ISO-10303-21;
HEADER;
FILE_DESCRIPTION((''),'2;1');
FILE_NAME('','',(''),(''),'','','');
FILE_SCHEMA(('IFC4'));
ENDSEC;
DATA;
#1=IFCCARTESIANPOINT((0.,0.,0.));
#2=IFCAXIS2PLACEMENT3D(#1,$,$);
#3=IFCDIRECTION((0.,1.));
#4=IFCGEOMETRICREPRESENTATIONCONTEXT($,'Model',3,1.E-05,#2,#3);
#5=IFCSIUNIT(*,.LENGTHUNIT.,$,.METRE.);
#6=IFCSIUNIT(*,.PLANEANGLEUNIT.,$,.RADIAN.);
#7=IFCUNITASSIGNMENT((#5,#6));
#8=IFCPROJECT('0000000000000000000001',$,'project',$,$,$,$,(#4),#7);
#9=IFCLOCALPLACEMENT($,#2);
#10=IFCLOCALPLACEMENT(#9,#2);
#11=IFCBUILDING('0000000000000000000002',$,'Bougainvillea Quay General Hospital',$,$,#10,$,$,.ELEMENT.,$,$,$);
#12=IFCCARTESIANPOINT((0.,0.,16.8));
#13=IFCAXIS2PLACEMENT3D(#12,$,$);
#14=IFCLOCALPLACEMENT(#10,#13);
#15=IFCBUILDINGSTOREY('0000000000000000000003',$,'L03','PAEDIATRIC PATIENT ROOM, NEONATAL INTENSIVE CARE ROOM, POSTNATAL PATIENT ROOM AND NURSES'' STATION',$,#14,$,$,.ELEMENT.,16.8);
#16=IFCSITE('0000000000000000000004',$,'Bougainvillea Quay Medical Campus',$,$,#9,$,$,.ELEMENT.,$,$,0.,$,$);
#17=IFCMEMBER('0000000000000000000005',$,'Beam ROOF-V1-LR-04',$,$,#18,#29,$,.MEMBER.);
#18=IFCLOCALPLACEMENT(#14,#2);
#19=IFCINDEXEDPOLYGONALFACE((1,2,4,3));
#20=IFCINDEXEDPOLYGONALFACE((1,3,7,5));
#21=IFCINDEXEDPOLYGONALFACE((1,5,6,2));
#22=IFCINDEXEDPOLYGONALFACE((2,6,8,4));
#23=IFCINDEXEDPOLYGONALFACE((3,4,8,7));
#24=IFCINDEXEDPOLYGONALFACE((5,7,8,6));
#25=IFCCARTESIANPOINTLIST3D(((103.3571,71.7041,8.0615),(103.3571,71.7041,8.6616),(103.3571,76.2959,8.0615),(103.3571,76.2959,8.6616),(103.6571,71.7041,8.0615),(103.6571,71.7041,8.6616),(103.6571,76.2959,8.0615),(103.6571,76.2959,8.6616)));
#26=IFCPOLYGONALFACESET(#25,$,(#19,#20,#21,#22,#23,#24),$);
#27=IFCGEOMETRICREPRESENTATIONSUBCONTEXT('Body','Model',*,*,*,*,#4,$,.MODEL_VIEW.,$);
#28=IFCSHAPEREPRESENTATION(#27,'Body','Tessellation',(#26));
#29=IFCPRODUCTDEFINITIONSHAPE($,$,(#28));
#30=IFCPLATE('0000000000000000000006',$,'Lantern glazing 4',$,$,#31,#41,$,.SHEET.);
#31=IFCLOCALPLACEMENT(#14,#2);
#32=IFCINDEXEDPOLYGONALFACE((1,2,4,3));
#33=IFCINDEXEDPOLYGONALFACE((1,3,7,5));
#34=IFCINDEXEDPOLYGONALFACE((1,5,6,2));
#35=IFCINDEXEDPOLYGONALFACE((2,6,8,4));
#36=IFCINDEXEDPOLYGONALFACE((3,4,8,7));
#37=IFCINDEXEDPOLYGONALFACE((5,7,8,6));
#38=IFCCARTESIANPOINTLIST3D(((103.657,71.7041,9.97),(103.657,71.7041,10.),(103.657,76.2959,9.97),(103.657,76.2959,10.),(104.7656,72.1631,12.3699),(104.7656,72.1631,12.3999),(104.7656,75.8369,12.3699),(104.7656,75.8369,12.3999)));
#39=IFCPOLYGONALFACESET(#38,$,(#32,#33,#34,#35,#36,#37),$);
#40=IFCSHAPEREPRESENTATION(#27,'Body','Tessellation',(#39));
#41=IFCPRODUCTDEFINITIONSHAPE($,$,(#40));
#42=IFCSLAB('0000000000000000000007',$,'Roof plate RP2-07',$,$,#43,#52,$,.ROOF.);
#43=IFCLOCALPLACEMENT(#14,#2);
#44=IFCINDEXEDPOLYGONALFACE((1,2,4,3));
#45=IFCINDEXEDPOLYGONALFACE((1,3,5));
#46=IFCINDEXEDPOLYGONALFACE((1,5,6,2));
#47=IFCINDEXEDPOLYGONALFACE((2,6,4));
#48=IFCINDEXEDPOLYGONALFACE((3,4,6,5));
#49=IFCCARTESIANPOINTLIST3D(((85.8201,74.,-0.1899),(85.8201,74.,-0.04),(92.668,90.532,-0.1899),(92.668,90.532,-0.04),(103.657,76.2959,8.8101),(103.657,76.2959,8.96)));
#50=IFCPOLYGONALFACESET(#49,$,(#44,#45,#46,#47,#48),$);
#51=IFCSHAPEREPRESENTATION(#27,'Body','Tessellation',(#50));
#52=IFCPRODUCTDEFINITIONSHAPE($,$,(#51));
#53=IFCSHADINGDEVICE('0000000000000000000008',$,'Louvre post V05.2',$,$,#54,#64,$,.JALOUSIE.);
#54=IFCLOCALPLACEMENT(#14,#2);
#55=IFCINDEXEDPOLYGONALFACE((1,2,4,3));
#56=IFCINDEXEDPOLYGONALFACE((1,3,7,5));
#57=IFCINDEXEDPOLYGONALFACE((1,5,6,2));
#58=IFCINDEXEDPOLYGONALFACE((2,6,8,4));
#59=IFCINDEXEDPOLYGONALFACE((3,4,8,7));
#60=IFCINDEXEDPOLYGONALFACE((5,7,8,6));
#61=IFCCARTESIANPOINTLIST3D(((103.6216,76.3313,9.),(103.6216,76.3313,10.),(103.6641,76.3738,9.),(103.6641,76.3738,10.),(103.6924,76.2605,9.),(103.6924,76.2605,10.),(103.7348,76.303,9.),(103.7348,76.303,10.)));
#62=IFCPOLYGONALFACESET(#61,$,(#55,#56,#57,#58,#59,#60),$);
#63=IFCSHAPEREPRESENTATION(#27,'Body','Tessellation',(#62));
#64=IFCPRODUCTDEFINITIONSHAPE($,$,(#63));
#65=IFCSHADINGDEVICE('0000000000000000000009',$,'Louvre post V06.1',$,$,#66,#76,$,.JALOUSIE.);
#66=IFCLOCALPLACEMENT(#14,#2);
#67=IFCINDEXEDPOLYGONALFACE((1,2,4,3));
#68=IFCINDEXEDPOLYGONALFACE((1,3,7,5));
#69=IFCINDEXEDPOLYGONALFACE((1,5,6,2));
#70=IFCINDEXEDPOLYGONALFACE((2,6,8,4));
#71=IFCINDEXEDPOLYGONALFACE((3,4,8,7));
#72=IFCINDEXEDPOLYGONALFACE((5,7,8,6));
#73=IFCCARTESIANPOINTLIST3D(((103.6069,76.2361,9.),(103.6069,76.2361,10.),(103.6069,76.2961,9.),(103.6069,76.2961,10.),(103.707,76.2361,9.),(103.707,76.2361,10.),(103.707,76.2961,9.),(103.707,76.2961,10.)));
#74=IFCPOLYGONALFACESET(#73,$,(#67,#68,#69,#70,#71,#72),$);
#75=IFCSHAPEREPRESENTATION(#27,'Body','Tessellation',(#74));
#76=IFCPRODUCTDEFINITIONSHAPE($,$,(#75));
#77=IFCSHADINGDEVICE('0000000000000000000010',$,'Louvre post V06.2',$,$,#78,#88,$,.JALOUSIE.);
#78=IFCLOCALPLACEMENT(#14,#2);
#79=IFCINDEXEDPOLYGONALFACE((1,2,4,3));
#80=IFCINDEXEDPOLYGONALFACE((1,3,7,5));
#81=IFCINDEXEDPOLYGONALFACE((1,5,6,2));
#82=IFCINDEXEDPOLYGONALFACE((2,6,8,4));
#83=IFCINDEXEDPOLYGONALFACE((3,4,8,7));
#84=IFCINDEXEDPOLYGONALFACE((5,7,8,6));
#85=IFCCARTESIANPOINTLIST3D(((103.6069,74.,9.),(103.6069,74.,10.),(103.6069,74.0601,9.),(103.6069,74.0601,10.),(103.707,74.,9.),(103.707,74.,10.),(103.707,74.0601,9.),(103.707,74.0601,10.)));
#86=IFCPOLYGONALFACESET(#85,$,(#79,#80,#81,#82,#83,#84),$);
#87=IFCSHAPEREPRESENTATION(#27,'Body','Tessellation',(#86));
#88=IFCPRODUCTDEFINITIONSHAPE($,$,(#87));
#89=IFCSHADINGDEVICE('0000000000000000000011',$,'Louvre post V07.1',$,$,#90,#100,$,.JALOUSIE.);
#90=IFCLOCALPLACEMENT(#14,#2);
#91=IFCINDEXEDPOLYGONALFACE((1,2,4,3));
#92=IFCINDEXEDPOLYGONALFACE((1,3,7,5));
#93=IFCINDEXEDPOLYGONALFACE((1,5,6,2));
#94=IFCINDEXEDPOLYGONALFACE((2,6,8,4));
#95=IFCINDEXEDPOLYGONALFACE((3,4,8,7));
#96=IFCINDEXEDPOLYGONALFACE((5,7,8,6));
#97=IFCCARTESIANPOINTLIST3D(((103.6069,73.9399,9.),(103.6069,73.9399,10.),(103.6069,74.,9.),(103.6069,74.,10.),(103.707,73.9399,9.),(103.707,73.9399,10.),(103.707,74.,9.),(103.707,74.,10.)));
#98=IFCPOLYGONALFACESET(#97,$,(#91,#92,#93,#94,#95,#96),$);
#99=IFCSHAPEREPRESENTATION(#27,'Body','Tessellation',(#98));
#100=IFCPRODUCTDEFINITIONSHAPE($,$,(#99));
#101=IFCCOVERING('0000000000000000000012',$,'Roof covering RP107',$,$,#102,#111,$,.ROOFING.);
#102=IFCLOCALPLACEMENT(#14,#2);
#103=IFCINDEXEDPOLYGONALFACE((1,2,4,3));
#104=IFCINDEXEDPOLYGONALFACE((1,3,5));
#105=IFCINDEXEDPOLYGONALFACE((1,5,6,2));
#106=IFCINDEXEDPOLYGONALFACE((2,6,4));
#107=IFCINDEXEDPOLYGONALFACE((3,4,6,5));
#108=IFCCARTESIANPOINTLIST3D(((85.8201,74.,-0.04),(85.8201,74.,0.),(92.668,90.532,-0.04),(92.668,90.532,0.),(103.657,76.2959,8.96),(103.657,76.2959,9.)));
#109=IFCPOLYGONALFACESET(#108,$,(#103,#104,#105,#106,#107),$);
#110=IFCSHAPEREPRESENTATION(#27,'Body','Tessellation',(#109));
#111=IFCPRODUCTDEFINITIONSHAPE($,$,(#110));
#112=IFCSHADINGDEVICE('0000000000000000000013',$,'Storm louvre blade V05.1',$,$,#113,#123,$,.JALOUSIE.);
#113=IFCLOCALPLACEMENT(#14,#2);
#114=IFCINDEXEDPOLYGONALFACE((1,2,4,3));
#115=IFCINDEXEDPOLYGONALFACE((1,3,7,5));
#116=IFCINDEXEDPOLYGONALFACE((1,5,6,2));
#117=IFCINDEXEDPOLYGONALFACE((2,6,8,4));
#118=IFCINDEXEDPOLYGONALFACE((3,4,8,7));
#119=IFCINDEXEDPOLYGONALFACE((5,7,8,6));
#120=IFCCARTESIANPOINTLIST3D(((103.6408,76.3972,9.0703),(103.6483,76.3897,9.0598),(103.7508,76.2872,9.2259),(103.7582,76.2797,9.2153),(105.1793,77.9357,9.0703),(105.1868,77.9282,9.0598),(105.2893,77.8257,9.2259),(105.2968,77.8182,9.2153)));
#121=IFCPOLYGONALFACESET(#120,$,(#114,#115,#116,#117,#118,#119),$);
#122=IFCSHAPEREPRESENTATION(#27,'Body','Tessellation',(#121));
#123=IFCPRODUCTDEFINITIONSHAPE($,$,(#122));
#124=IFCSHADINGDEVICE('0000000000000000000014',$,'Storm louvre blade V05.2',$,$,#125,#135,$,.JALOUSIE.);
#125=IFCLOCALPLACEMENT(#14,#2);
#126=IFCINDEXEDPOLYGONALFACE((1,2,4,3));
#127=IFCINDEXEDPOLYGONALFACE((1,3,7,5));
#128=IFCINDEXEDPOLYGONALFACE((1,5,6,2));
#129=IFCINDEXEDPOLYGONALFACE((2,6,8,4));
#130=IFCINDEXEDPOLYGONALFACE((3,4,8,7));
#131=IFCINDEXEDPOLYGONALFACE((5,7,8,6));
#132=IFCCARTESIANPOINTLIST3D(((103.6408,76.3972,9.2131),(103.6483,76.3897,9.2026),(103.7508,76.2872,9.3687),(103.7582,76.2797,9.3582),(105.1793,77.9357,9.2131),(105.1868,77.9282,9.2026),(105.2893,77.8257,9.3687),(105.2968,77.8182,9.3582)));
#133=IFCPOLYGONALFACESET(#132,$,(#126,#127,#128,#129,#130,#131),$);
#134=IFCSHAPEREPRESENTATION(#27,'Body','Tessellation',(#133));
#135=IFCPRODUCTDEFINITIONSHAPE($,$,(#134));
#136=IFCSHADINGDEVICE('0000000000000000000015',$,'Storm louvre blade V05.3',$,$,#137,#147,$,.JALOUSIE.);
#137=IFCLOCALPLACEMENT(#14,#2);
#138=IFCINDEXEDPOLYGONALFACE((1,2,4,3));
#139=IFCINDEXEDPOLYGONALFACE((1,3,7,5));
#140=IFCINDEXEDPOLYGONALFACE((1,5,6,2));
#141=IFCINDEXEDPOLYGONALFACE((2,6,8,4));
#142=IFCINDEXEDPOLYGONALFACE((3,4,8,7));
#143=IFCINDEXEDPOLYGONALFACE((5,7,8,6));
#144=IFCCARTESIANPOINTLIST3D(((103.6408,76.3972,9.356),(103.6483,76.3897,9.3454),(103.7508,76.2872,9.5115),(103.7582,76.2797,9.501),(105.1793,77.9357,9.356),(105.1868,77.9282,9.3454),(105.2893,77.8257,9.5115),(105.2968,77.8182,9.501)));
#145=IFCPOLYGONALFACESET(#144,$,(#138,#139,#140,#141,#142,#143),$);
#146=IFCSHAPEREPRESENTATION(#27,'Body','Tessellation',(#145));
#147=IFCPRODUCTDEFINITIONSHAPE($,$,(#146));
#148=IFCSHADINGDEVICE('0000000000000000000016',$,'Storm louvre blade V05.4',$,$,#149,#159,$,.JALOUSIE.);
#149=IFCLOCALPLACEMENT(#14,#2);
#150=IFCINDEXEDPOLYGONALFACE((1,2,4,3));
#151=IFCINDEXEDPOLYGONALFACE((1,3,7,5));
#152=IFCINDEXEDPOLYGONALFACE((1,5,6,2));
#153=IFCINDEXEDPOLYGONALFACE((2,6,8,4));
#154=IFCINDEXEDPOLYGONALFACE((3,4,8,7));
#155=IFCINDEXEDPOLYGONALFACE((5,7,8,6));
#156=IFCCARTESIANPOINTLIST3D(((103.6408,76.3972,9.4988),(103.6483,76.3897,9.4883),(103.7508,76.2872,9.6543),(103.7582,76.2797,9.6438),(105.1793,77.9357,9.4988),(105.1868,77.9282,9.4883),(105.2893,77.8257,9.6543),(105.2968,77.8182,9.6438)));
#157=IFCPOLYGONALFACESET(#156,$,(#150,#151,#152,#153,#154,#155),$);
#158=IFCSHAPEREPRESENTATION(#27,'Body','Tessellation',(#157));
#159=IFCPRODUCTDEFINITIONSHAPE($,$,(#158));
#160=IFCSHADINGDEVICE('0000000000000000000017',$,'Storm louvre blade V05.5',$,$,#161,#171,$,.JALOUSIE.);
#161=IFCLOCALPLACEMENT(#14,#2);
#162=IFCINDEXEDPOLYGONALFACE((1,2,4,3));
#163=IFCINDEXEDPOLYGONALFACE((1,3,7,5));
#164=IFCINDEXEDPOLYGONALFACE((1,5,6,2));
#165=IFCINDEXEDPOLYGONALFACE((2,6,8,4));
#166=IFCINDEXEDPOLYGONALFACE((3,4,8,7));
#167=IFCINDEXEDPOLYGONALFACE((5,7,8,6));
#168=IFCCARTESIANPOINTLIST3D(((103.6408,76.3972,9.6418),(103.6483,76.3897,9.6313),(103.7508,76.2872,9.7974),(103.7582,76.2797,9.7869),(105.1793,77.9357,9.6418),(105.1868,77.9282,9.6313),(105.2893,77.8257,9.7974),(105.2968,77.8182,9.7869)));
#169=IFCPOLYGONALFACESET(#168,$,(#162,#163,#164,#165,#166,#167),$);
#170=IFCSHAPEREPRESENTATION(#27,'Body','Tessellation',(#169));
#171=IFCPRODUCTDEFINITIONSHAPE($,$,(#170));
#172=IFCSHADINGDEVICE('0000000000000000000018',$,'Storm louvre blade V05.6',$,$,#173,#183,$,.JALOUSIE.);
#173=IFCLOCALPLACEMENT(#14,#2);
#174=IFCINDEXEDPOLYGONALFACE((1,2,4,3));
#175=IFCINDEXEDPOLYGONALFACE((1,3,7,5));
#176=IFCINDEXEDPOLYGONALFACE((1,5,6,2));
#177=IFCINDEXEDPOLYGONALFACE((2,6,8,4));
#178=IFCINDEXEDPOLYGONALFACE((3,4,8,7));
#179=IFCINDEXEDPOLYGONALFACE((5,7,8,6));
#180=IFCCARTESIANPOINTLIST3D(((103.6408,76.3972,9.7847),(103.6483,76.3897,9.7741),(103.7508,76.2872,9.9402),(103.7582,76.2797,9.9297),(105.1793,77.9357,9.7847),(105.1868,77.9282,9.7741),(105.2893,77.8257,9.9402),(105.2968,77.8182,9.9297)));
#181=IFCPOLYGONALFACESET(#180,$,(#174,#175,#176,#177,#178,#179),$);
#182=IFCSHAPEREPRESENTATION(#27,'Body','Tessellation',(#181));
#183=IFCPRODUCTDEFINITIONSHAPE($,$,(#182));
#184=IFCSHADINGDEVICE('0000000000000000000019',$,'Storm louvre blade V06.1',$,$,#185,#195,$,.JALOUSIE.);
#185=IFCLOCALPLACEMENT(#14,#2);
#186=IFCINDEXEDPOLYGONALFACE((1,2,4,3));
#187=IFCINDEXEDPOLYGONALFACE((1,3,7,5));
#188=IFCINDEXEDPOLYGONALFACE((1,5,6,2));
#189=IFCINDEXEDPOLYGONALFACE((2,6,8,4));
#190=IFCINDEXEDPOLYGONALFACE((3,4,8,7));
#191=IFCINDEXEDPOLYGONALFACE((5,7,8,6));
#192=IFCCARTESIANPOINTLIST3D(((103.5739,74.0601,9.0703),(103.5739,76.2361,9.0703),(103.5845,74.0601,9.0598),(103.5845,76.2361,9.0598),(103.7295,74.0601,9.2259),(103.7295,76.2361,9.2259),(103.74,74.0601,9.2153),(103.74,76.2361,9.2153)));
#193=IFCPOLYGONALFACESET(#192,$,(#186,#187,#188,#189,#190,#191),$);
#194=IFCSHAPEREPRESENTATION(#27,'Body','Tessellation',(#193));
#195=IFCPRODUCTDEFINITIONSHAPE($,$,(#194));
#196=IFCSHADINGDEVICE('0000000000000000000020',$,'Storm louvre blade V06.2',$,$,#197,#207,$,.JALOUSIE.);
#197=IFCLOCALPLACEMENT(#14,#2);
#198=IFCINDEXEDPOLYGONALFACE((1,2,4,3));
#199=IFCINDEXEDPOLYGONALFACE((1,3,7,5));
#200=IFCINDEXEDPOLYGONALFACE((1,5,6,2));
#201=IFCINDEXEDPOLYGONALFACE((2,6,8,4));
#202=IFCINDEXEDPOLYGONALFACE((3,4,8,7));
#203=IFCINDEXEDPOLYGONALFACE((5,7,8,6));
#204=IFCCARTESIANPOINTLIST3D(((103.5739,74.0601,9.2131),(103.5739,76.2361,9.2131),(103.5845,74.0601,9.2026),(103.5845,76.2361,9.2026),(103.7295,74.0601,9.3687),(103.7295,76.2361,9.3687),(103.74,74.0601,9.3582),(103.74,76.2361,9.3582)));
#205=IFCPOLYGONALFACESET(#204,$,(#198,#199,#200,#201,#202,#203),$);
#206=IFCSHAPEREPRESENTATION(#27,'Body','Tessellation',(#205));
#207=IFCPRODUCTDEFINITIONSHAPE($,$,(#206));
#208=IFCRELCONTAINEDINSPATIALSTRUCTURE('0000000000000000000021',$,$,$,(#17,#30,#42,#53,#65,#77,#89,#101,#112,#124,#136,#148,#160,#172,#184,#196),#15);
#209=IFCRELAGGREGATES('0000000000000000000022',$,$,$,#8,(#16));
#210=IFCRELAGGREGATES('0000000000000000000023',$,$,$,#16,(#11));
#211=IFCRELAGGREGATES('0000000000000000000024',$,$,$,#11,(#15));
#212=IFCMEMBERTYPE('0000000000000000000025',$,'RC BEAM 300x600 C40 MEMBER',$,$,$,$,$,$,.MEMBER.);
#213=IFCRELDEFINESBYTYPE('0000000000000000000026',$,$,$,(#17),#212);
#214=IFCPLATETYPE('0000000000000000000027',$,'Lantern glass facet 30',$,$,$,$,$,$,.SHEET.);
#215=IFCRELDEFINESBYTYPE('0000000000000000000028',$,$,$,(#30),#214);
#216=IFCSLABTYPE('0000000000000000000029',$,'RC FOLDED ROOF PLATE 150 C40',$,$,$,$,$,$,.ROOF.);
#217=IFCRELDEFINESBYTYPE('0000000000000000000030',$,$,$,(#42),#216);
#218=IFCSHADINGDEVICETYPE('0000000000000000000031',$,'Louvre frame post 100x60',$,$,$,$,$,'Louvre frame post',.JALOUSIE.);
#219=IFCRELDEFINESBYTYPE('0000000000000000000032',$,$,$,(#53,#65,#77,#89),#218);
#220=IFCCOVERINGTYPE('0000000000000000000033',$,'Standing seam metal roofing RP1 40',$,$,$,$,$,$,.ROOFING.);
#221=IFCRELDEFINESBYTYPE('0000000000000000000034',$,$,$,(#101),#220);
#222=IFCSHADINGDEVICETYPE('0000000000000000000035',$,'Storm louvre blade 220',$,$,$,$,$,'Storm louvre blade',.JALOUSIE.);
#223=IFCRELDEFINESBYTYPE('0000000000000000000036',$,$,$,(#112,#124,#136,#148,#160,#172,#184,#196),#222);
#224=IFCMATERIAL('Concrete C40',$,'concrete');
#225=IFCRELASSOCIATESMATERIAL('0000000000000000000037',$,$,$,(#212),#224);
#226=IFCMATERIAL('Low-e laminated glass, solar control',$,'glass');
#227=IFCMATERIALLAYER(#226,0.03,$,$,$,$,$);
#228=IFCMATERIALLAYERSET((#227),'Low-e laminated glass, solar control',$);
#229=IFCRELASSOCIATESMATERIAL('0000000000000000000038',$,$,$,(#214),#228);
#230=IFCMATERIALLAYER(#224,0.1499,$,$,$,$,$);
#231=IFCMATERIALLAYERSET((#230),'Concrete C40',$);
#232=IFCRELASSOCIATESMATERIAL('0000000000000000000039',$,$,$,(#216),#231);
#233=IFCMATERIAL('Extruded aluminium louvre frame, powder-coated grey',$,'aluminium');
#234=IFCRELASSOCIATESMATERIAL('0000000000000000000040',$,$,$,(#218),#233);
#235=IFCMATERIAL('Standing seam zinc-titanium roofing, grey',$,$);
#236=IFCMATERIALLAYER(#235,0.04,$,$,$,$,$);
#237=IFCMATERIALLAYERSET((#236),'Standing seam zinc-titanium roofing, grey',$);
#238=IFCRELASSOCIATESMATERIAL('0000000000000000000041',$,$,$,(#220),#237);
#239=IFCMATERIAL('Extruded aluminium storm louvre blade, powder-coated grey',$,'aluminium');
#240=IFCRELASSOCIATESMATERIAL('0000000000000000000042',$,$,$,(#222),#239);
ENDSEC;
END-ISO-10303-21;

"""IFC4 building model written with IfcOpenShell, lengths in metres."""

from ifc_helpers import new_model, si_unit, direction, frame, origin, origin_2d, place, context, subcontext, project, spatial, polyline, rectangle, outline, extrude, material, layer, layer_set, material_profile, profile_set, type_object, element, save


model = new_model("IFC4")

# Units and contexts
model_context = context("Model", 3, precision=1e-05, world=origin(), true_north=direction((0.0, 1.0)))
body_context = subcontext(model_context, "Body", "Model", "MODEL_VIEW")
ifc_project = project(units=[si_unit("LENGTHUNIT", "METRE"), si_unit("PLANEANGLEUNIT", "RADIAN")], contexts=[model_context])

# Site, building, storey
site_placement = place(None, origin())
site = spatial("IfcSite", under=ifc_project, at=site_placement, Name="Bougainvillea Quay Medical Campus", CompositionType="ELEMENT", RefElevation=0.0)
building_placement = place(site_placement, origin())
building = spatial("IfcBuilding", under=site, at=building_placement, Name="Bougainvillea Quay General Hospital", CompositionType="ELEMENT")
storey_placement = place(building_placement, frame((0.0, 0.0, 16.8)))
storey = spatial("IfcBuildingStorey", under=building, at=storey_placement, Name="L03", Description="PAEDIATRIC PATIENT ROOM, NEONATAL INTENSIVE CARE ROOM, POSTNATAL PATIENT ROOM AND NURSES' STATION", CompositionType="ELEMENT", Elevation=16.8)

# Member
ifc_material_1 = material(Name="Concrete C40", Category="concrete")
ifc_material_profile_1 = material_profile(ifc_material_1, rectangle(XDim=0.3, YDim=0.6001, at=origin_2d()))
ifc_profile_set_1 = profile_set([ifc_material_profile_1], Name="Concrete C40")
member_type = type_object("IfcMemberType", Name="RC BEAM 300x600 C40 MEMBER", PredefinedType="MEMBER", material=ifc_profile_set_1)
member_placement = place(storey_placement, frame((103.5071, 76.2959, 8.3616), z_axis=(0.0, -1.0, 0.0), x_axis=(1.0, 0.0, 0.0)))
element("IfcMember", 1, at=member_placement, inside=storey, type_object=member_type, Name="Beam ROOF-V1-LR-04", PredefinedType="MEMBER", context=body_context, shape_type="SweptSolid", body=[
    extrude(rectangle(XDim=0.3, YDim=0.6001, at=origin_2d()), origin(), (0.0, 0.0, 1.0), 4.5918),
])

# Plate
ifc_material_2 = material(Name="Low-e laminated glass, solar control", Category="glass")
ifc_layer_1 = layer(ifc_material_2, 0.03)
ifc_layer_set_1 = layer_set([ifc_layer_1], Name="Low-e laminated glass, solar control")
plate_type = type_object("IfcPlateType", Name="Lantern glass facet 30", PredefinedType="SHEET", material=ifc_layer_set_1)
plate_placement = place(storey_placement, frame((103.657, 76.2959, 10.0), z_axis=(-0.907816, 0.0, 0.419369), x_axis=(0.0, -1.0, 0.0)))
element("IfcPlate", 2, at=plate_placement, inside=storey, type_object=plate_type, Name="Lantern glazing 4", PredefinedType="SHEET", context=body_context, shape_type="SweptSolid", body=[
    extrude(outline(polyline([(0.0, 0.0), (4.5918, 0.0), (4.1328, 2.6436), (0.459, 2.6436), (0.0, 0.0)])), origin(), (0.0, -0.907816, -0.419369), 0.03),
])

# Slab
ifc_layer_2 = layer(ifc_material_1, 0.1499)
ifc_layer_set_2 = layer_set([ifc_layer_2], Name="Concrete C40")
slab_type = type_object("IfcSlabType", Name="RC FOLDED ROOF PLATE 150 C40", PredefinedType="ROOF", material=ifc_layer_set_2)
slab_placement = place(storey_placement, frame((103.657, 76.2959, 8.96), z_axis=(-0.461671, 0.191234, 0.866192), x_axis=(-0.546437, 0.7079, -0.447532)))
element("IfcSlab", 3, at=slab_placement, inside=storey, type_object=slab_type, Name="Roof plate RP2-07", PredefinedType="ROOF", context=body_context, shape_type="SweptSolid", body=[
    extrude(outline(polyline([(0.0, 0.0), (20.1103, 0.0), (12.1493, 16.0257), (0.0, 0.0)])), origin(), (0.447532, 0.22232, -0.866192), 0.1499),
])

# Shading devices
ifc_material_3 = material(Name="Extruded aluminium louvre frame, powder-coated grey", Category="aluminium")
ifc_material_profile_2 = material_profile(ifc_material_3, rectangle(XDim=0.1001, YDim=0.0601, at=origin_2d()))
ifc_profile_set_2 = profile_set([ifc_material_profile_2], Name="Extruded aluminium louvre frame, powder-coated grey")
shading_device_type_1 = type_object("IfcShadingDeviceType", Name="Louvre frame post 100x60", ElementType="Louvre frame post", PredefinedType="JALOUSIE", material=ifc_profile_set_2)
for number, where, z_axis, x_axis, name in (
    (4, (103.6782, 76.3171, 9.0), (0.0, 0.0, 1.0), (0.707107, -0.707107, 0.0), "Louvre post V05.2"),
    (5, (103.657, 76.2661, 9.0), (0.0, 0.0, 1.0), (1.0, 0.0, 0.0), "Louvre post V06.1"),
    (6, (103.657, 74.03, 9.0), (0.0, 0.0, 1.0), (1.0, 0.0, 0.0), "Louvre post V06.2"),
    (7, (103.657, 73.97, 9.0), (0.0, 0.0, 1.0), (1.0, 0.0, 0.0), "Louvre post V07.1"),
):
    element("IfcShadingDevice", number, at=place(storey_placement, frame(where, z_axis=z_axis, x_axis=x_axis)), inside=storey, type_object=shading_device_type_1, Name=name, PredefinedType="JALOUSIE", context=body_context, shape_type="SweptSolid", body=[
        extrude(rectangle(XDim=0.1001, YDim=0.0601, at=origin_2d()), origin(), (0.0, 0.0, 1.0), 1.0),
    ])

# Covering
ifc_material_4 = material(Name="Standing seam zinc-titanium roofing, grey")
ifc_layer_3 = layer(ifc_material_4, 0.04)
ifc_layer_set_3 = layer_set([ifc_layer_3], Name="Standing seam zinc-titanium roofing, grey")
covering_type = type_object("IfcCoveringType", Name="Standing seam metal roofing RP1 40", PredefinedType="ROOFING", material=ifc_layer_set_3)
covering_placement = place(storey_placement, frame((103.657, 76.2959, 9.0), z_axis=(-0.461671, 0.191234, 0.866192), x_axis=(-0.546437, 0.7079, -0.447532)))
element("IfcCovering", 8, at=covering_placement, inside=storey, type_object=covering_type, Name="Roof covering RP107", PredefinedType="ROOFING", context=body_context, shape_type="SweptSolid", body=[
    extrude(outline(polyline([(0.0, 0.0), (20.1103, 0.0), (12.1493, 16.0257), (0.0, 0.0)])), origin(), (0.447532, 0.22232, -0.866192), 0.04),
])

# Shading devices
ifc_material_5 = material(Name="Extruded aluminium storm louvre blade, powder-coated grey", Category="aluminium")
ifc_material_profile_3 = material_profile(ifc_material_5, rectangle(XDim=0.22, YDim=0.0149, at=origin_2d()))
ifc_profile_set_3 = profile_set([ifc_material_profile_3], Name="Extruded aluminium storm louvre blade, powder-coated grey")
shading_device_type_2 = type_object("IfcShadingDeviceType", Name="Storm louvre blade 220", ElementType="Storm louvre blade", PredefinedType="JALOUSIE", material=ifc_profile_set_3)
for number, where, z_axis, x_axis, name in (
    (9, (105.238, 77.877, 9.1428), (-0.707107, -0.707107, 0.0), (0.5, -0.5, 0.707107), "Storm louvre blade V05.1"),
    (10, (105.238, 77.877, 9.2856), (-0.707107, -0.707107, 0.0), (0.5, -0.5, 0.707107), "Storm louvre blade V05.2"),
    (11, (105.238, 77.877, 9.4285), (-0.707107, -0.707107, 0.0), (0.5, -0.5, 0.707107), "Storm louvre blade V05.3"),
    (12, (105.238, 77.877, 9.5713), (-0.707107, -0.707107, 0.0), (0.5, -0.5, 0.707107), "Storm louvre blade V05.4"),
    (13, (105.238, 77.877, 9.7144), (-0.707107, -0.707107, 0.0), (0.5, -0.5, 0.707107), "Storm louvre blade V05.5"),
    (14, (105.238, 77.877, 9.8572), (-0.707107, -0.707107, 0.0), (0.5, -0.5, 0.707107), "Storm louvre blade V05.6"),
):
    element("IfcShadingDevice", number, at=place(storey_placement, frame(where, z_axis=z_axis, x_axis=x_axis)), inside=storey, type_object=shading_device_type_2, Name=name, PredefinedType="JALOUSIE", context=body_context, shape_type="SweptSolid", body=[
        extrude(rectangle(XDim=0.22, YDim=0.0149, at=origin_2d()), origin(), (0.0, 0.0, 1.0), 2.1758),
    ])
for number, where, z_axis, x_axis, name in (
    (15, (103.657, 76.2361, 9.1428), (0.0, -1.0, 0.0), (0.707107, 0.0, 0.707107), "Storm louvre blade V06.1"),
    (16, (103.657, 76.2361, 9.2856), (0.0, -1.0, 0.0), (0.707107, 0.0, 0.707107), "Storm louvre blade V06.2"),
):
    element("IfcShadingDevice", number, at=place(storey_placement, frame(where, z_axis=z_axis, x_axis=x_axis)), inside=storey, type_object=shading_device_type_2, Name=name, PredefinedType="JALOUSIE", context=body_context, shape_type="SweptSolid", body=[
        extrude(rectangle(XDim=0.22, YDim=0.0149, at=origin_2d()), origin(), (0.0, 0.0, 1.0), 2.176),
    ])

save(model, "model.ifc")
